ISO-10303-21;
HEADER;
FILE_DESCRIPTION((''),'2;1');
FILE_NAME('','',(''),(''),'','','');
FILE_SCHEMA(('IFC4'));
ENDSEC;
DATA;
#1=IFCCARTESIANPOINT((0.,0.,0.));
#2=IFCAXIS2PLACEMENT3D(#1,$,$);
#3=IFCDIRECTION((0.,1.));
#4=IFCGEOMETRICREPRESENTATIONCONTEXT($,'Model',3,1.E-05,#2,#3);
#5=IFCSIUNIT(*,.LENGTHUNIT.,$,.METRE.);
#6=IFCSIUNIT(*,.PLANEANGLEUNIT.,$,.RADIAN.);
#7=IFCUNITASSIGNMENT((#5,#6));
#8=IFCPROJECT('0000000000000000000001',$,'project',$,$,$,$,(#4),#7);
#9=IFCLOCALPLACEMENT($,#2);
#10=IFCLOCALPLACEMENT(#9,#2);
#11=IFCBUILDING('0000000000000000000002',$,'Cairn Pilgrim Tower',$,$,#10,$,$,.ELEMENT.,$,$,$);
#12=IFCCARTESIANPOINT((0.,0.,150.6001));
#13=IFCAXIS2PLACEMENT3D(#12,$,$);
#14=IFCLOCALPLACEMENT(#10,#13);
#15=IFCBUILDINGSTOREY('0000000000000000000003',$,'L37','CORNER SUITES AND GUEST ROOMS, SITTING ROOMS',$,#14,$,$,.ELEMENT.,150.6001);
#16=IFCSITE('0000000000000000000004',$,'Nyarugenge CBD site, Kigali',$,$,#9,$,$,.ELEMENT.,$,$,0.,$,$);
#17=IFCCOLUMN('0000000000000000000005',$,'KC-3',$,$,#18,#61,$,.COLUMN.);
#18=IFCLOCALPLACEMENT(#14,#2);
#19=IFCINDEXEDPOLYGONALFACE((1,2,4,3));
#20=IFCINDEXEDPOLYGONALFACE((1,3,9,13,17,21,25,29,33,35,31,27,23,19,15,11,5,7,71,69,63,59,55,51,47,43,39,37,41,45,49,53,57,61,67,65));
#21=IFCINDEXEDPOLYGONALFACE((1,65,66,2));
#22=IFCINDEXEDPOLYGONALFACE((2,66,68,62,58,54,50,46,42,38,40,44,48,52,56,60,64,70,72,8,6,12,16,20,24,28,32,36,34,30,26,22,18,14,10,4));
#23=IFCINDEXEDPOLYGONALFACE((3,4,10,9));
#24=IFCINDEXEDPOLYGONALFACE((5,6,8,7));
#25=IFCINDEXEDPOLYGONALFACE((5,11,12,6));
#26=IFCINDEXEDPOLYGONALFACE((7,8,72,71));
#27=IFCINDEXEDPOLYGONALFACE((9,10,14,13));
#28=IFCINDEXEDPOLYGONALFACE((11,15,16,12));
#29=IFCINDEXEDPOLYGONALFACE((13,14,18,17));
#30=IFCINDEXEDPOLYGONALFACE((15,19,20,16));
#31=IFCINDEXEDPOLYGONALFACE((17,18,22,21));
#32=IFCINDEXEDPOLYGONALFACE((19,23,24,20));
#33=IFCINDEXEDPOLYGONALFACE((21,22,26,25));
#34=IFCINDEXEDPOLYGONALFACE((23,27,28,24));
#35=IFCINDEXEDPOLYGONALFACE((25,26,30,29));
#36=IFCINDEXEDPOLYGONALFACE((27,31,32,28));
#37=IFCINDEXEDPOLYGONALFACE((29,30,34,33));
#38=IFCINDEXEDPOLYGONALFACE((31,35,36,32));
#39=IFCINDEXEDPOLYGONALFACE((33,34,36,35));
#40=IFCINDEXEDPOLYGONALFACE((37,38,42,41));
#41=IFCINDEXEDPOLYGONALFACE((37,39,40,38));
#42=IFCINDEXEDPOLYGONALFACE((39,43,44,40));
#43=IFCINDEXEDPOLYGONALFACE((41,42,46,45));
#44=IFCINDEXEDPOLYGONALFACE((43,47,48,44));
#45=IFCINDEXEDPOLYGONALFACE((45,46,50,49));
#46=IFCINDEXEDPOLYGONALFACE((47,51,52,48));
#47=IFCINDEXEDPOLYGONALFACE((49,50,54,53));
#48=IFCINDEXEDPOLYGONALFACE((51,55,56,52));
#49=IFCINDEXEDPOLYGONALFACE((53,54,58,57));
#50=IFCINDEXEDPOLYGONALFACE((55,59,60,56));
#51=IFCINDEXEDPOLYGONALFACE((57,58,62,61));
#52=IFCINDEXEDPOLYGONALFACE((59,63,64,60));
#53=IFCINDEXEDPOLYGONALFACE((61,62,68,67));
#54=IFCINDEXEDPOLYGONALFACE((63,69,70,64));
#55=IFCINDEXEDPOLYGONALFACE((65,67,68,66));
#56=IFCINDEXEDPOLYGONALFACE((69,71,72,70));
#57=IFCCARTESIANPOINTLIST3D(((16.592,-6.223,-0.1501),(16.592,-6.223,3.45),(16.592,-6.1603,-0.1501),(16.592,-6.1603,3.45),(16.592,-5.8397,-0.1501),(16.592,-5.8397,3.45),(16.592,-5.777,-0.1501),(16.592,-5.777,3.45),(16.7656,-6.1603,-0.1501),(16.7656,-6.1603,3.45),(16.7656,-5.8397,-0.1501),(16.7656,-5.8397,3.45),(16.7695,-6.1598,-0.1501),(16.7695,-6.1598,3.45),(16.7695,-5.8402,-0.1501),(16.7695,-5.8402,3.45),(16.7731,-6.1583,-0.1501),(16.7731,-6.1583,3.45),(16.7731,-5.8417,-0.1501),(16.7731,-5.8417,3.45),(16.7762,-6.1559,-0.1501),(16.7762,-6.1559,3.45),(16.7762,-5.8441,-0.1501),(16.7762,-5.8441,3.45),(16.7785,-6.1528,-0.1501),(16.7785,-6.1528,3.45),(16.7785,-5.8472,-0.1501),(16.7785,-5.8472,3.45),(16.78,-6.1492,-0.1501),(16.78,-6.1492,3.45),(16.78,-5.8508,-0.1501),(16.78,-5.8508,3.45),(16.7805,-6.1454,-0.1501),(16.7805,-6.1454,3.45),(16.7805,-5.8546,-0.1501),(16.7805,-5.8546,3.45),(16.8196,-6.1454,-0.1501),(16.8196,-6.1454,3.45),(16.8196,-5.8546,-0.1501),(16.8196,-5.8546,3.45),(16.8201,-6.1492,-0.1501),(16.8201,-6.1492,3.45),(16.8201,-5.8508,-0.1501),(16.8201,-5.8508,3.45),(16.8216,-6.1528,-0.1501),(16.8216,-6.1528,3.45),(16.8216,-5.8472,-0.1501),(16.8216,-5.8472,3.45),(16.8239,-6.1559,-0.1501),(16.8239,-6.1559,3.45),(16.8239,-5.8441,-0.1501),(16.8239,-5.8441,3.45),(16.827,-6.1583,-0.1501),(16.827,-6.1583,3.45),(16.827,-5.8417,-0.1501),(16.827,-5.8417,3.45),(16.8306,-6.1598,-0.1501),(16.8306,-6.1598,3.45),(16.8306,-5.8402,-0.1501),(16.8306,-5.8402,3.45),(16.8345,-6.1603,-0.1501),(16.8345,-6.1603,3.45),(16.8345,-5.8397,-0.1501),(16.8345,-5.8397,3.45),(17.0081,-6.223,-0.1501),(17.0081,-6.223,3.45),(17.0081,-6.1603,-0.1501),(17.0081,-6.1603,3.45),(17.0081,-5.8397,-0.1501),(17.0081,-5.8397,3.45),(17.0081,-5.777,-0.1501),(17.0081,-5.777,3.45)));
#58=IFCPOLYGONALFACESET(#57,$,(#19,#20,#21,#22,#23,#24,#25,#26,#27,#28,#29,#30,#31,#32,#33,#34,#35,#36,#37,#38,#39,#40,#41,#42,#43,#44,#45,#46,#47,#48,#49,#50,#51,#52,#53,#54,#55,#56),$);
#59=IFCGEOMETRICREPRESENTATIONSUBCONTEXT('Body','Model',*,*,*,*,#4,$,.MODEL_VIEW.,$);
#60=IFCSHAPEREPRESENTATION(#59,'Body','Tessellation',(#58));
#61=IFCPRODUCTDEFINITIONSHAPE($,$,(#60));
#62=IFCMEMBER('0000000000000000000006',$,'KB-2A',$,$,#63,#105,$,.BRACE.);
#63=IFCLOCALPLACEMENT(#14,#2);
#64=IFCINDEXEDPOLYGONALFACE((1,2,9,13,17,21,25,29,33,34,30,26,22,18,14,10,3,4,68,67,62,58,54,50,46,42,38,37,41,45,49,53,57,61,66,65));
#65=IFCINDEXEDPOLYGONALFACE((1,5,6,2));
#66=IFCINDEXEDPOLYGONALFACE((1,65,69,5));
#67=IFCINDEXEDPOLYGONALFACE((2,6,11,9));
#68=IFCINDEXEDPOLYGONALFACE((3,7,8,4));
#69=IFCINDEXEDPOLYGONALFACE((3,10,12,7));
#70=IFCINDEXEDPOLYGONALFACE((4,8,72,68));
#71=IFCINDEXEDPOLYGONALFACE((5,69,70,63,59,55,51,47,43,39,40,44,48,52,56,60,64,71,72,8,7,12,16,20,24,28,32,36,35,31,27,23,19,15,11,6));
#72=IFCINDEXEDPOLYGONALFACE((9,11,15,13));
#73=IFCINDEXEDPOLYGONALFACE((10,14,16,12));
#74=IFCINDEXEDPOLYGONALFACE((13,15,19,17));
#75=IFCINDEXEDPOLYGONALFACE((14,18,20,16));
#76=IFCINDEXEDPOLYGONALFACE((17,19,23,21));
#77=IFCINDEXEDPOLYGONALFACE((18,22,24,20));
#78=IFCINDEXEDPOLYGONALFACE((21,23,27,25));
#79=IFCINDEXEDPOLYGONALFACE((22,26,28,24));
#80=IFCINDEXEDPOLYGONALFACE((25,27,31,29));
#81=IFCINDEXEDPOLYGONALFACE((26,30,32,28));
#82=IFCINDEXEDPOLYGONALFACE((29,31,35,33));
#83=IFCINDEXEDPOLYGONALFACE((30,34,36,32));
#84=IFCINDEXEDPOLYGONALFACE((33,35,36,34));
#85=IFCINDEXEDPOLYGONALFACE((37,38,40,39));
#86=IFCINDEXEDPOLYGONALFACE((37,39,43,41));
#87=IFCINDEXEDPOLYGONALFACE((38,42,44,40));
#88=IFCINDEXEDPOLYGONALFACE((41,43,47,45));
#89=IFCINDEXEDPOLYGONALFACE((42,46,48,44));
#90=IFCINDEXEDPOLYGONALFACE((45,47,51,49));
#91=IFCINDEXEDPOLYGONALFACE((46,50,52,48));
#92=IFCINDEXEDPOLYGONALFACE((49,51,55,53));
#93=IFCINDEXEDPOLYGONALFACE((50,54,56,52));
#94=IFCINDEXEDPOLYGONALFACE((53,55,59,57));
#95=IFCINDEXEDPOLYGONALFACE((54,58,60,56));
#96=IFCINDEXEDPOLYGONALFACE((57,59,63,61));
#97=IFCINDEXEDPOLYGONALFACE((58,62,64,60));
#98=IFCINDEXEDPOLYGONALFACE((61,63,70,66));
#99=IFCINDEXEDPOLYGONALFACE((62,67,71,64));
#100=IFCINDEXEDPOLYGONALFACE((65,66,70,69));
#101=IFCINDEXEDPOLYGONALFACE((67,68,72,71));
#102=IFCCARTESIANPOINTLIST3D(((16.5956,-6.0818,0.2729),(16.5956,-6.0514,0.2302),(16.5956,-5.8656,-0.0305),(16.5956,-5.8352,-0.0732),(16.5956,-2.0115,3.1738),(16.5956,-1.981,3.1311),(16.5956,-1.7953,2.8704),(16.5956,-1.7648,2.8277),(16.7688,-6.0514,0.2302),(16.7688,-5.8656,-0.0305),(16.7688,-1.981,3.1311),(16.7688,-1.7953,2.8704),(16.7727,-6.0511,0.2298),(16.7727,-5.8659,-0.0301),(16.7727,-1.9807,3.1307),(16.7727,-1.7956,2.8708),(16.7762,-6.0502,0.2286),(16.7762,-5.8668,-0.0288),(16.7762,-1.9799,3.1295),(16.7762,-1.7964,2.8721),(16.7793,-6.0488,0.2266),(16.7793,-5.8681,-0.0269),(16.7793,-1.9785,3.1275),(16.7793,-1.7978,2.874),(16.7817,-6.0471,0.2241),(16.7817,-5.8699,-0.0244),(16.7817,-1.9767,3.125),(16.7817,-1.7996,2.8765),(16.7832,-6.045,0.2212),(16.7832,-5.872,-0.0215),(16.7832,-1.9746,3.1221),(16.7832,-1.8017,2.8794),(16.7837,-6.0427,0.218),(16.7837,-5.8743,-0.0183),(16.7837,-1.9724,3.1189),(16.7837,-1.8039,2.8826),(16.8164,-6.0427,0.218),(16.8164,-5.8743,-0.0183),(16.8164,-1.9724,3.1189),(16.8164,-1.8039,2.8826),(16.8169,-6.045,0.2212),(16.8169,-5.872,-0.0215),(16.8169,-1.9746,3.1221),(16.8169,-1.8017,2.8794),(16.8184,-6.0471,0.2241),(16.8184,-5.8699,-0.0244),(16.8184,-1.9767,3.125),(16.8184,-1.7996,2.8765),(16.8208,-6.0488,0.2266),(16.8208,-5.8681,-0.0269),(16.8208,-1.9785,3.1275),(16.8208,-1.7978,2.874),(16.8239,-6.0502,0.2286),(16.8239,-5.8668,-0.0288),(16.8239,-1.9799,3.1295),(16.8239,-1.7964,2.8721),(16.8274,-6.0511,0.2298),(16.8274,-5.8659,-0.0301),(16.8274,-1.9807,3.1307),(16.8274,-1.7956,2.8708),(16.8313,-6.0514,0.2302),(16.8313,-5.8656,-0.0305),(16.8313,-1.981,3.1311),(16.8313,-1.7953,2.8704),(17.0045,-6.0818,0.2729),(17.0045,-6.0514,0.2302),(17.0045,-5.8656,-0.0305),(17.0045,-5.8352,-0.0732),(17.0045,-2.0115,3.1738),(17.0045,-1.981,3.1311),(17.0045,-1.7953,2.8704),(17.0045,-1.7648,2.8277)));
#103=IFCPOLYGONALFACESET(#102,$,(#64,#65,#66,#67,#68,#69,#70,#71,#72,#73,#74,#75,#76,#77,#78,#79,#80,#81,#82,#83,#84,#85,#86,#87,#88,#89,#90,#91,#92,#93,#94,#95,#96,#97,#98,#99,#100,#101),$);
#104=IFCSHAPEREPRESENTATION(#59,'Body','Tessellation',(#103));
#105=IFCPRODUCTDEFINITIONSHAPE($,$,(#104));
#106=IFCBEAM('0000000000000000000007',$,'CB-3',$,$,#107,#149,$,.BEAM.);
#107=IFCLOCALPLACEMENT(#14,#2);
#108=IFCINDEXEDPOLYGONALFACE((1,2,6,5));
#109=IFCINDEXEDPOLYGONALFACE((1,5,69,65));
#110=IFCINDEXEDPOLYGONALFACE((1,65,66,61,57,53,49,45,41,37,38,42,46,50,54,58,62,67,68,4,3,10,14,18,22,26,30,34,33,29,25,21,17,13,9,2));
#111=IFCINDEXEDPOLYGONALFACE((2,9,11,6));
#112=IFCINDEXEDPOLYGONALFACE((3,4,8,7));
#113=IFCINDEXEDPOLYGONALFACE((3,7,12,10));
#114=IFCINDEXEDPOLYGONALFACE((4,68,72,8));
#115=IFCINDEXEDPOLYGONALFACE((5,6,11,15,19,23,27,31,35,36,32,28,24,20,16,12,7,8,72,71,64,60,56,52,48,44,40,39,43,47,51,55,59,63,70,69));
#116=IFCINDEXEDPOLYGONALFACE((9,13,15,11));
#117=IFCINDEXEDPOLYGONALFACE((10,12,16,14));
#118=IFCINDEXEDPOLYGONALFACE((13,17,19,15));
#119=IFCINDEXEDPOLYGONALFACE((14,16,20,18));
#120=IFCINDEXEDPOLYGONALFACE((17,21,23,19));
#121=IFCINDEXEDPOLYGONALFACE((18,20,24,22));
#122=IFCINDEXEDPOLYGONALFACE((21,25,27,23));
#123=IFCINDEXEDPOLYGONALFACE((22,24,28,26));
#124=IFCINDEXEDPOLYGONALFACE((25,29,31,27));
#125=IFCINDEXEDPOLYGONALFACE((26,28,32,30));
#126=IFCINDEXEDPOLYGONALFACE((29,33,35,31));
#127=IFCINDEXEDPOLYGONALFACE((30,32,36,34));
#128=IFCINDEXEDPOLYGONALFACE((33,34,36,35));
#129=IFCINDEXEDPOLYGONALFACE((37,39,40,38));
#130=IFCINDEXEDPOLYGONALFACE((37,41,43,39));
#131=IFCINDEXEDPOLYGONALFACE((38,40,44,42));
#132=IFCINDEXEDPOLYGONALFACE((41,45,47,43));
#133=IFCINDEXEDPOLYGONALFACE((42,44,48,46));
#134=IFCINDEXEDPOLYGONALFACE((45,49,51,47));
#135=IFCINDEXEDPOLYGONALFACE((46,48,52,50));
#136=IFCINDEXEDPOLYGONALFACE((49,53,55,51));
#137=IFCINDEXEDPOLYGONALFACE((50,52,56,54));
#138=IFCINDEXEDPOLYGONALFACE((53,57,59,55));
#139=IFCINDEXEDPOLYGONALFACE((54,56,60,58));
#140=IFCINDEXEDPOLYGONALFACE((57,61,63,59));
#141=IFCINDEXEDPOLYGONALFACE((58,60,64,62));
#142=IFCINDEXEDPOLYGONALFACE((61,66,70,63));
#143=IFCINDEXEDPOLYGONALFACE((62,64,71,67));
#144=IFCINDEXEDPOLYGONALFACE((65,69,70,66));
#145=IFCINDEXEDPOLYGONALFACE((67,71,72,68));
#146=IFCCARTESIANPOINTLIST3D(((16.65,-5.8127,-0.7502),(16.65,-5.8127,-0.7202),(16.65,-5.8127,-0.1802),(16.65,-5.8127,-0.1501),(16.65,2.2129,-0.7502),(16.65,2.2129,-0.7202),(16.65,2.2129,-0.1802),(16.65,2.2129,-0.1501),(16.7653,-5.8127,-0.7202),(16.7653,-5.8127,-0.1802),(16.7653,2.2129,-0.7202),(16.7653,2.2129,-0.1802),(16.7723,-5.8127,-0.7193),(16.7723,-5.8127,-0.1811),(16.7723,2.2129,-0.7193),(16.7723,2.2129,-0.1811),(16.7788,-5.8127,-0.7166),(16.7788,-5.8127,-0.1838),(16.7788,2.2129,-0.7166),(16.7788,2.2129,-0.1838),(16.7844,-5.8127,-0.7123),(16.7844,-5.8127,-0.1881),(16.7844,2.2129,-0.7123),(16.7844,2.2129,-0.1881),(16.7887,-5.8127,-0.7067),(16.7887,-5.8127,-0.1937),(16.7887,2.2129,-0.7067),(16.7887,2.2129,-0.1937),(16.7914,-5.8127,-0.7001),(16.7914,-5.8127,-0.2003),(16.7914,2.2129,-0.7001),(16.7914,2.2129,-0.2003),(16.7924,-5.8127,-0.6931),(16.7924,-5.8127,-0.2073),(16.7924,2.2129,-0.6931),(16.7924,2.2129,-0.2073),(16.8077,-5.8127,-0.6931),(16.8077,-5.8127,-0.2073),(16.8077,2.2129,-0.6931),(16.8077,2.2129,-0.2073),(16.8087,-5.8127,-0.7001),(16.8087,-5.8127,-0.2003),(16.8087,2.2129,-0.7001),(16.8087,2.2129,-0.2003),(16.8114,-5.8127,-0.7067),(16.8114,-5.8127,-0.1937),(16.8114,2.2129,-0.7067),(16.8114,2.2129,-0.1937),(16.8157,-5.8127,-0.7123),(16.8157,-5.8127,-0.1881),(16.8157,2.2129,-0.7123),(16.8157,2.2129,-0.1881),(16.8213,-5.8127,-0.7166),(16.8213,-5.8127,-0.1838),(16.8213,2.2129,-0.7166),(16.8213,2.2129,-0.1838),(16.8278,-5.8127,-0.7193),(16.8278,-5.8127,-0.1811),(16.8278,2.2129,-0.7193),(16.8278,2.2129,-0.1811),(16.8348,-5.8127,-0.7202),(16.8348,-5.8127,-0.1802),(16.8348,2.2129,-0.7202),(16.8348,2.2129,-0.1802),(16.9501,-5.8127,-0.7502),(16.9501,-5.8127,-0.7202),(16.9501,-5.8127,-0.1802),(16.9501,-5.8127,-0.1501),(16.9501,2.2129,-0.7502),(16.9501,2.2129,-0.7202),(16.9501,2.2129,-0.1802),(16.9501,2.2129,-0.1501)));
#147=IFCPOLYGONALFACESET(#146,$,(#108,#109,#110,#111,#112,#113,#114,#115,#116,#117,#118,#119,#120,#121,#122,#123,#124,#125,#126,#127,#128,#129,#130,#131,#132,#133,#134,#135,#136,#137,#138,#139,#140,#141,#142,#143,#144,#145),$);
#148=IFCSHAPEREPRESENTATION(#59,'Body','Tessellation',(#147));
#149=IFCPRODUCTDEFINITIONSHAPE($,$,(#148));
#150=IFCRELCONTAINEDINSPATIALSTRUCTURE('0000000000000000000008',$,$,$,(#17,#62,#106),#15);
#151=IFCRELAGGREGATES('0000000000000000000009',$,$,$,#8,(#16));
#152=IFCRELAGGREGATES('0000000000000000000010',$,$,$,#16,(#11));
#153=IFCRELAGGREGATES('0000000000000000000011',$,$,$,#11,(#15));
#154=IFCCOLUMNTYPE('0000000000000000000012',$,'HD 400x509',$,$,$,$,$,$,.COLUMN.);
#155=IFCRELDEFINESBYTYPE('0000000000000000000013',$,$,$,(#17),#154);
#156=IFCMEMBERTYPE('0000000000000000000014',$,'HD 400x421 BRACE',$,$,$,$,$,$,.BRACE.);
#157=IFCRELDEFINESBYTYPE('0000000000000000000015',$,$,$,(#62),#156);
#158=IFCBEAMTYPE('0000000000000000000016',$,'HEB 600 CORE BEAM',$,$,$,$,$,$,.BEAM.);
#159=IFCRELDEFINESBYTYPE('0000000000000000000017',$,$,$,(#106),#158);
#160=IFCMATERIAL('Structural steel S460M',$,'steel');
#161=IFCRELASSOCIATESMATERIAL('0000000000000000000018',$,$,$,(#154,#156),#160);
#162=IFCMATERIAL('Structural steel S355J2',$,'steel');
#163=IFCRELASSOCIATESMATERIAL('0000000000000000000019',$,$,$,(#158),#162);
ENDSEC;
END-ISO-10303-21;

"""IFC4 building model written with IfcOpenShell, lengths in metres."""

from ifc_helpers import new_model, si_unit, direction, frame, origin, origin_2d, place, context, subcontext, project, spatial, i_section, extrude, material, material_profile, profile_set, type_object, element, save


model = new_model("IFC4")

# Units and contexts
model_context = context("Model", 3, precision=1e-05, world=origin(), true_north=direction((0.0, 1.0)))
body_context = subcontext(model_context, "Body", "Model", "MODEL_VIEW")
ifc_project = project(units=[si_unit("LENGTHUNIT", "METRE"), si_unit("PLANEANGLEUNIT", "RADIAN")], contexts=[model_context])

# Site, building, storey
site_placement = place(None, origin())
site = spatial("IfcSite", under=ifc_project, at=site_placement, Name="Nyarugenge CBD site, Kigali", CompositionType="ELEMENT", RefElevation=0.0)
building_placement = place(site_placement, origin())
building = spatial("IfcBuilding", under=site, at=building_placement, Name="Cairn Pilgrim Tower", CompositionType="ELEMENT")
storey_placement = place(building_placement, frame((0.0, 0.0, 150.6001)))
storey = spatial("IfcBuildingStorey", under=building, at=storey_placement, Name="L37", Description="CORNER SUITES AND GUEST ROOMS, SITTING ROOMS", CompositionType="ELEMENT", Elevation=150.6001)

# Column
ifc_material_1 = material(Name="Structural steel S460M", Category="steel")
ifc_material_profile_1 = material_profile(ifc_material_1, i_section(OverallWidth=0.416, OverallDepth=0.446, WebThickness=0.0391, FlangeThickness=0.0627, FilletRadius=0.0149, at=origin_2d()), Name="HD 400x509")
ifc_profile_set_1 = profile_set([ifc_material_profile_1], Name="Structural steel S460M")
column_type = type_object("IfcColumnType", Name="HD 400x509", PredefinedType="COLUMN", material=ifc_profile_set_1)
column_placement = place(storey_placement, frame((16.8, -6.0, -0.1501), z_axis=(0.0, 0.0, 1.0), x_axis=(1.0, 0.0, 0.0)))
element("IfcColumn", 1, at=column_placement, inside=storey, type_object=column_type, Name="KC-3", PredefinedType="COLUMN", context=body_context, shape_type="SweptSolid", body=[
    extrude(i_section(OverallWidth=0.416, OverallDepth=0.446, WebThickness=0.0391, FlangeThickness=0.0627, FilletRadius=0.0149, at=origin_2d()), origin(), (0.0, 0.0, 1.0), 3.6001),
])

# Member
ifc_material_profile_2 = material_profile(ifc_material_1, i_section(OverallWidth=0.4089, OverallDepth=0.425, WebThickness=0.0327, FlangeThickness=0.0525, FilletRadius=0.0149, at=origin_2d()), Name="HD 400x421")
ifc_profile_set_2 = profile_set([ifc_material_profile_2], Name="Structural steel S460M")
member_type = type_object("IfcMemberType", Name="HD 400x421 BRACE", PredefinedType="BRACE", material=ifc_profile_set_2)
member_placement = place(storey_placement, frame((16.8, -5.9585, 0.0999), z_axis=(0.0, 0.814347, 0.580378), x_axis=(-1.0, 0.0, 0.0)))
element("IfcMember", 2, at=member_placement, inside=storey, type_object=member_type, Name="KB-2A", PredefinedType="BRACE", context=body_context, shape_type="SweptSolid", body=[
    extrude(i_section(OverallWidth=0.4089, OverallDepth=0.425, WebThickness=0.0327, FlangeThickness=0.0525, FilletRadius=0.0149, at=origin_2d()), origin(), (0.0, 0.0, 1.0), 4.9983),
])

# Beam
ifc_material_2 = material(Name="Structural steel S355J2", Category="steel")
ifc_material_profile_3 = material_profile(ifc_material_2, i_section(OverallWidth=0.3, OverallDepth=0.6001, WebThickness=0.0154, FlangeThickness=0.03, FilletRadius=0.0271, at=origin_2d()), Name="HEB 600")
ifc_profile_set_3 = profile_set([ifc_material_profile_3], Name="Structural steel S355J2")
beam_type_1 = type_object("IfcBeamType", Name="HEB 600 CORE BEAM", PredefinedType="BEAM", material=ifc_profile_set_3)
beam_1_placement = place(storey_placement, frame((16.8, -5.8127, -0.4502), z_axis=(0.0, 1.0, 0.0), x_axis=(-1.0, 0.0, 0.0)))
element("IfcBeam", 3, at=beam_1_placement, inside=storey, type_object=beam_type_1, Name="CB-3", PredefinedType="BEAM", context=body_context, shape_type="SweptSolid", body=[
    extrude(i_section(OverallWidth=0.3, OverallDepth=0.6001, WebThickness=0.0154, FlangeThickness=0.03, FilletRadius=0.0271, at=origin_2d()), origin(), (0.0, 0.0, 1.0), 8.0256),
])

save(model, "model.ifc")
